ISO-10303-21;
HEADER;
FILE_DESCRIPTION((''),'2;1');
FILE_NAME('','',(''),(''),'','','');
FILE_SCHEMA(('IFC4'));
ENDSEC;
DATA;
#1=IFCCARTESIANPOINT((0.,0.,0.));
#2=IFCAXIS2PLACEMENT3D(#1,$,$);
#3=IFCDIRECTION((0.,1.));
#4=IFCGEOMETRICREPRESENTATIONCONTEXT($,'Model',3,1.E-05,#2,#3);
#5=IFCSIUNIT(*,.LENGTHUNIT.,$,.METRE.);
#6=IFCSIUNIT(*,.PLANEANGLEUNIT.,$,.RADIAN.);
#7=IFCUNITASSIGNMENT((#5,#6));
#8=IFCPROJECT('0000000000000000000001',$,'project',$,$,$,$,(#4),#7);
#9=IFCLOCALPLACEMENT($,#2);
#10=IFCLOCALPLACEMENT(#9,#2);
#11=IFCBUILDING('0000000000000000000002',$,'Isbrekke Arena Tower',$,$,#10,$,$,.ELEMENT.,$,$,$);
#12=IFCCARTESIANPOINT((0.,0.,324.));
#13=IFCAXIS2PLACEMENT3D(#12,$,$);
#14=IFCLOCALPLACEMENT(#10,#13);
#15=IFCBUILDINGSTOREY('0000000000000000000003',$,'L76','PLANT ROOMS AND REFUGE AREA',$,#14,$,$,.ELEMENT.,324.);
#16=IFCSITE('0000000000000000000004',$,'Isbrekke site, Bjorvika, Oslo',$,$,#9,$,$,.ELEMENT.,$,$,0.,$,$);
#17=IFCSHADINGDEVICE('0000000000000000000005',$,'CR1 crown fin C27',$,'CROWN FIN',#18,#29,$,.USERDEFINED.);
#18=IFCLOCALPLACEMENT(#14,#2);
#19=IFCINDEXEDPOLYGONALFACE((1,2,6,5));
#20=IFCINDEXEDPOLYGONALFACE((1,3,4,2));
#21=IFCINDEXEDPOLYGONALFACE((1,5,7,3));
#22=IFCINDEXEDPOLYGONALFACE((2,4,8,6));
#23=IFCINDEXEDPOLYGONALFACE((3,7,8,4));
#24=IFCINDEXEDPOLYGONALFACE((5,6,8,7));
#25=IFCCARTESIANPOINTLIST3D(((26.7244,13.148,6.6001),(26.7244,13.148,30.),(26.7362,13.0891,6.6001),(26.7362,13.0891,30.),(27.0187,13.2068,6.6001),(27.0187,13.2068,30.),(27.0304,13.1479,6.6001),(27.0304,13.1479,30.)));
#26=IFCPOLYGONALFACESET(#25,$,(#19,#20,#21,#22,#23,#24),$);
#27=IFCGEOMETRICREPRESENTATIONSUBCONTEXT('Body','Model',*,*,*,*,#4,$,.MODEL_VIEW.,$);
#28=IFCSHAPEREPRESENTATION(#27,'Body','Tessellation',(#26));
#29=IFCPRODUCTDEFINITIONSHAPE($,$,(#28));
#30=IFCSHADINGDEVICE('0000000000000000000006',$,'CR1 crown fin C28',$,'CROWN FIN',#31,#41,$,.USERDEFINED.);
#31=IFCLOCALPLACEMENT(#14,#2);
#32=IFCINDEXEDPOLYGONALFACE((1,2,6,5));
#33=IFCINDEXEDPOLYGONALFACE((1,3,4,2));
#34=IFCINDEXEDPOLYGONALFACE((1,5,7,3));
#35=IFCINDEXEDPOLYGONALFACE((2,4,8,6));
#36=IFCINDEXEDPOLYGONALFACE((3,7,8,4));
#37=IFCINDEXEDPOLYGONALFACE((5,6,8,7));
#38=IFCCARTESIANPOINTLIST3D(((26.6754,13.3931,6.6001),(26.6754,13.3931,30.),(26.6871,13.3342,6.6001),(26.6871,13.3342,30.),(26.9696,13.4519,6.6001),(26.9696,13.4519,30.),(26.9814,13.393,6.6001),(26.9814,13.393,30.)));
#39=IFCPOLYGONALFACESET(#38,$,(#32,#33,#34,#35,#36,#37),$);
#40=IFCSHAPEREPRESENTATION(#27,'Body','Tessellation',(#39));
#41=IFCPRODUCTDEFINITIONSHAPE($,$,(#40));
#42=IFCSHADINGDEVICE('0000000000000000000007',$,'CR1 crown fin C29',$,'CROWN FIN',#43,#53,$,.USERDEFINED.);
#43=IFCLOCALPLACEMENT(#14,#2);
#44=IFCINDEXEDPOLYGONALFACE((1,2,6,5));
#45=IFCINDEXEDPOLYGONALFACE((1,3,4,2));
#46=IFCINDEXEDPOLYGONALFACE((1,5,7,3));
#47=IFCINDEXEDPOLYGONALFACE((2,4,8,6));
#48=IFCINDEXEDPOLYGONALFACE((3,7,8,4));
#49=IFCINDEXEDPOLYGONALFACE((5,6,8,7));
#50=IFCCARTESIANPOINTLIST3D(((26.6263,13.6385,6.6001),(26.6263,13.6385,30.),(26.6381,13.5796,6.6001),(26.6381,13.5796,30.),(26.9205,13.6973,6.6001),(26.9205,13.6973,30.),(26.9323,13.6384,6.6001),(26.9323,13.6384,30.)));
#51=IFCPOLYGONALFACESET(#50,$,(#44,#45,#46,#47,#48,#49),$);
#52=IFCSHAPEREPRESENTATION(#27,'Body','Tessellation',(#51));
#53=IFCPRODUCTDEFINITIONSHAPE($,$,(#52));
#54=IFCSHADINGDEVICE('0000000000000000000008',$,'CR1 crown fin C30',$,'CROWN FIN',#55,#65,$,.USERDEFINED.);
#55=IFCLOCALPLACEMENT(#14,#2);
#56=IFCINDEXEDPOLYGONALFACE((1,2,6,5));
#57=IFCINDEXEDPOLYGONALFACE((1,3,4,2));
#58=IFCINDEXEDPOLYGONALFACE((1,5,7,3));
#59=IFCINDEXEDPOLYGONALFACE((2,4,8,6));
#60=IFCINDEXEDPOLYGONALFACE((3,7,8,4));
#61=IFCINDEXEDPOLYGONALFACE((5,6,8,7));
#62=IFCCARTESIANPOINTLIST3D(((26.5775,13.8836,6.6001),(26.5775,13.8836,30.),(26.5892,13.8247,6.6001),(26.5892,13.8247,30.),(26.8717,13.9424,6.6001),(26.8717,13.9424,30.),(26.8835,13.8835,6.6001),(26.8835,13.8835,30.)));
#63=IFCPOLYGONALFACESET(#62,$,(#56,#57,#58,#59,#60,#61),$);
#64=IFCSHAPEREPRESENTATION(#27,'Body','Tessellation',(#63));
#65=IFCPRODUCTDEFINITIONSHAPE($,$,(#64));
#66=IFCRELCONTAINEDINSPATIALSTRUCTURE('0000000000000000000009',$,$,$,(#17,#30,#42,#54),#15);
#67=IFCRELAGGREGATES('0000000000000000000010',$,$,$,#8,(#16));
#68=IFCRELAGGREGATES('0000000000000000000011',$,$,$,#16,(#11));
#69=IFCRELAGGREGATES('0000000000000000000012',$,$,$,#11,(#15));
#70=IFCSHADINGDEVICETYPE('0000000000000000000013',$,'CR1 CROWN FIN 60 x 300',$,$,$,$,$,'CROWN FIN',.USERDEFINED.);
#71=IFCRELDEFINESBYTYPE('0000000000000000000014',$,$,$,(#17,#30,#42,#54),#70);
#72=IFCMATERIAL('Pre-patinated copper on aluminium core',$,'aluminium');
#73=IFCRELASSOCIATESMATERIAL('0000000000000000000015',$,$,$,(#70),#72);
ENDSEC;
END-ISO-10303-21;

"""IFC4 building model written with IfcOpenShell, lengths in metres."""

from ifc_helpers import new_model, si_unit, direction, frame, origin, origin_2d, place, context, subcontext, project, spatial, rectangle, extrude, material, material_profile, profile_set, type_object, element, save


model = new_model("IFC4")

# Units and contexts
model_context = context("Model", 3, precision=1e-05, world=origin(), true_north=direction((0.0, 1.0)))
body_context = subcontext(model_context, "Body", "Model", "MODEL_VIEW")
ifc_project = project(units=[si_unit("LENGTHUNIT", "METRE"), si_unit("PLANEANGLEUNIT", "RADIAN")], contexts=[model_context])

# Site, building, storey
site_placement = place(None, origin())
site = spatial("IfcSite", under=ifc_project, at=site_placement, Name="Isbrekke site, Bjorvika, Oslo", CompositionType="ELEMENT", RefElevation=0.0)
building_placement = place(site_placement, origin())
building = spatial("IfcBuilding", under=site, at=building_placement, Name="Isbrekke Arena Tower", CompositionType="ELEMENT")
storey_placement = place(building_placement, frame((0.0, 0.0, 324.0)))
storey = spatial("IfcBuildingStorey", under=building, at=storey_placement, Name="L76", Description="PLANT ROOMS AND REFUGE AREA", CompositionType="ELEMENT", Elevation=324.0)

# Shading devices
ifc_material_1 = material(Name="Pre-patinated copper on aluminium core", Category="aluminium")
ifc_material_profile_1 = material_profile(ifc_material_1, rectangle(XDim=0.0601, YDim=0.3, at=origin_2d()), Name="FIN 60X300")
ifc_profile_set_1 = profile_set([ifc_material_profile_1], Name="Pre-patinated copper on aluminium core")
shading_device_type = type_object("IfcShadingDeviceType", Name="CR1 CROWN FIN 60 x 300", ElementType="CROWN FIN", PredefinedType="USERDEFINED", material=ifc_profile_set_1)
for number, where, z_axis, x_axis, name in (
    (1, (26.8774, 13.1479, 6.6001), (0.0, 0.0, 1.0), (-0.196116, 0.980581, 0.0), "CR1 crown fin C27"),
    (2, (26.8284, 13.3931, 6.6001), (0.0, 0.0, 1.0), (-0.196116, 0.980581, 0.0), "CR1 crown fin C28"),
    (3, (26.7793, 13.6384, 6.6001), (0.0, 0.0, 1.0), (-0.196116, 0.980581, 0.0), "CR1 crown fin C29"),
    (4, (26.7305, 13.8835, 6.6001), (0.0, 0.0, 1.0), (-0.196116, 0.980581, 0.0), "CR1 crown fin C30"),
):
    element("IfcShadingDevice", number, at=place(storey_placement, frame(where, z_axis=z_axis, x_axis=x_axis)), inside=storey, type_object=shading_device_type, Name=name, ObjectType="CROWN FIN", PredefinedType="USERDEFINED", context=body_context, shape_type="SweptSolid", body=[
        extrude(rectangle(XDim=0.0601, YDim=0.3, at=origin_2d()), origin(), (0.0, 0.0, 1.0), 23.3999),
    ])

save(model, "model.ifc")
